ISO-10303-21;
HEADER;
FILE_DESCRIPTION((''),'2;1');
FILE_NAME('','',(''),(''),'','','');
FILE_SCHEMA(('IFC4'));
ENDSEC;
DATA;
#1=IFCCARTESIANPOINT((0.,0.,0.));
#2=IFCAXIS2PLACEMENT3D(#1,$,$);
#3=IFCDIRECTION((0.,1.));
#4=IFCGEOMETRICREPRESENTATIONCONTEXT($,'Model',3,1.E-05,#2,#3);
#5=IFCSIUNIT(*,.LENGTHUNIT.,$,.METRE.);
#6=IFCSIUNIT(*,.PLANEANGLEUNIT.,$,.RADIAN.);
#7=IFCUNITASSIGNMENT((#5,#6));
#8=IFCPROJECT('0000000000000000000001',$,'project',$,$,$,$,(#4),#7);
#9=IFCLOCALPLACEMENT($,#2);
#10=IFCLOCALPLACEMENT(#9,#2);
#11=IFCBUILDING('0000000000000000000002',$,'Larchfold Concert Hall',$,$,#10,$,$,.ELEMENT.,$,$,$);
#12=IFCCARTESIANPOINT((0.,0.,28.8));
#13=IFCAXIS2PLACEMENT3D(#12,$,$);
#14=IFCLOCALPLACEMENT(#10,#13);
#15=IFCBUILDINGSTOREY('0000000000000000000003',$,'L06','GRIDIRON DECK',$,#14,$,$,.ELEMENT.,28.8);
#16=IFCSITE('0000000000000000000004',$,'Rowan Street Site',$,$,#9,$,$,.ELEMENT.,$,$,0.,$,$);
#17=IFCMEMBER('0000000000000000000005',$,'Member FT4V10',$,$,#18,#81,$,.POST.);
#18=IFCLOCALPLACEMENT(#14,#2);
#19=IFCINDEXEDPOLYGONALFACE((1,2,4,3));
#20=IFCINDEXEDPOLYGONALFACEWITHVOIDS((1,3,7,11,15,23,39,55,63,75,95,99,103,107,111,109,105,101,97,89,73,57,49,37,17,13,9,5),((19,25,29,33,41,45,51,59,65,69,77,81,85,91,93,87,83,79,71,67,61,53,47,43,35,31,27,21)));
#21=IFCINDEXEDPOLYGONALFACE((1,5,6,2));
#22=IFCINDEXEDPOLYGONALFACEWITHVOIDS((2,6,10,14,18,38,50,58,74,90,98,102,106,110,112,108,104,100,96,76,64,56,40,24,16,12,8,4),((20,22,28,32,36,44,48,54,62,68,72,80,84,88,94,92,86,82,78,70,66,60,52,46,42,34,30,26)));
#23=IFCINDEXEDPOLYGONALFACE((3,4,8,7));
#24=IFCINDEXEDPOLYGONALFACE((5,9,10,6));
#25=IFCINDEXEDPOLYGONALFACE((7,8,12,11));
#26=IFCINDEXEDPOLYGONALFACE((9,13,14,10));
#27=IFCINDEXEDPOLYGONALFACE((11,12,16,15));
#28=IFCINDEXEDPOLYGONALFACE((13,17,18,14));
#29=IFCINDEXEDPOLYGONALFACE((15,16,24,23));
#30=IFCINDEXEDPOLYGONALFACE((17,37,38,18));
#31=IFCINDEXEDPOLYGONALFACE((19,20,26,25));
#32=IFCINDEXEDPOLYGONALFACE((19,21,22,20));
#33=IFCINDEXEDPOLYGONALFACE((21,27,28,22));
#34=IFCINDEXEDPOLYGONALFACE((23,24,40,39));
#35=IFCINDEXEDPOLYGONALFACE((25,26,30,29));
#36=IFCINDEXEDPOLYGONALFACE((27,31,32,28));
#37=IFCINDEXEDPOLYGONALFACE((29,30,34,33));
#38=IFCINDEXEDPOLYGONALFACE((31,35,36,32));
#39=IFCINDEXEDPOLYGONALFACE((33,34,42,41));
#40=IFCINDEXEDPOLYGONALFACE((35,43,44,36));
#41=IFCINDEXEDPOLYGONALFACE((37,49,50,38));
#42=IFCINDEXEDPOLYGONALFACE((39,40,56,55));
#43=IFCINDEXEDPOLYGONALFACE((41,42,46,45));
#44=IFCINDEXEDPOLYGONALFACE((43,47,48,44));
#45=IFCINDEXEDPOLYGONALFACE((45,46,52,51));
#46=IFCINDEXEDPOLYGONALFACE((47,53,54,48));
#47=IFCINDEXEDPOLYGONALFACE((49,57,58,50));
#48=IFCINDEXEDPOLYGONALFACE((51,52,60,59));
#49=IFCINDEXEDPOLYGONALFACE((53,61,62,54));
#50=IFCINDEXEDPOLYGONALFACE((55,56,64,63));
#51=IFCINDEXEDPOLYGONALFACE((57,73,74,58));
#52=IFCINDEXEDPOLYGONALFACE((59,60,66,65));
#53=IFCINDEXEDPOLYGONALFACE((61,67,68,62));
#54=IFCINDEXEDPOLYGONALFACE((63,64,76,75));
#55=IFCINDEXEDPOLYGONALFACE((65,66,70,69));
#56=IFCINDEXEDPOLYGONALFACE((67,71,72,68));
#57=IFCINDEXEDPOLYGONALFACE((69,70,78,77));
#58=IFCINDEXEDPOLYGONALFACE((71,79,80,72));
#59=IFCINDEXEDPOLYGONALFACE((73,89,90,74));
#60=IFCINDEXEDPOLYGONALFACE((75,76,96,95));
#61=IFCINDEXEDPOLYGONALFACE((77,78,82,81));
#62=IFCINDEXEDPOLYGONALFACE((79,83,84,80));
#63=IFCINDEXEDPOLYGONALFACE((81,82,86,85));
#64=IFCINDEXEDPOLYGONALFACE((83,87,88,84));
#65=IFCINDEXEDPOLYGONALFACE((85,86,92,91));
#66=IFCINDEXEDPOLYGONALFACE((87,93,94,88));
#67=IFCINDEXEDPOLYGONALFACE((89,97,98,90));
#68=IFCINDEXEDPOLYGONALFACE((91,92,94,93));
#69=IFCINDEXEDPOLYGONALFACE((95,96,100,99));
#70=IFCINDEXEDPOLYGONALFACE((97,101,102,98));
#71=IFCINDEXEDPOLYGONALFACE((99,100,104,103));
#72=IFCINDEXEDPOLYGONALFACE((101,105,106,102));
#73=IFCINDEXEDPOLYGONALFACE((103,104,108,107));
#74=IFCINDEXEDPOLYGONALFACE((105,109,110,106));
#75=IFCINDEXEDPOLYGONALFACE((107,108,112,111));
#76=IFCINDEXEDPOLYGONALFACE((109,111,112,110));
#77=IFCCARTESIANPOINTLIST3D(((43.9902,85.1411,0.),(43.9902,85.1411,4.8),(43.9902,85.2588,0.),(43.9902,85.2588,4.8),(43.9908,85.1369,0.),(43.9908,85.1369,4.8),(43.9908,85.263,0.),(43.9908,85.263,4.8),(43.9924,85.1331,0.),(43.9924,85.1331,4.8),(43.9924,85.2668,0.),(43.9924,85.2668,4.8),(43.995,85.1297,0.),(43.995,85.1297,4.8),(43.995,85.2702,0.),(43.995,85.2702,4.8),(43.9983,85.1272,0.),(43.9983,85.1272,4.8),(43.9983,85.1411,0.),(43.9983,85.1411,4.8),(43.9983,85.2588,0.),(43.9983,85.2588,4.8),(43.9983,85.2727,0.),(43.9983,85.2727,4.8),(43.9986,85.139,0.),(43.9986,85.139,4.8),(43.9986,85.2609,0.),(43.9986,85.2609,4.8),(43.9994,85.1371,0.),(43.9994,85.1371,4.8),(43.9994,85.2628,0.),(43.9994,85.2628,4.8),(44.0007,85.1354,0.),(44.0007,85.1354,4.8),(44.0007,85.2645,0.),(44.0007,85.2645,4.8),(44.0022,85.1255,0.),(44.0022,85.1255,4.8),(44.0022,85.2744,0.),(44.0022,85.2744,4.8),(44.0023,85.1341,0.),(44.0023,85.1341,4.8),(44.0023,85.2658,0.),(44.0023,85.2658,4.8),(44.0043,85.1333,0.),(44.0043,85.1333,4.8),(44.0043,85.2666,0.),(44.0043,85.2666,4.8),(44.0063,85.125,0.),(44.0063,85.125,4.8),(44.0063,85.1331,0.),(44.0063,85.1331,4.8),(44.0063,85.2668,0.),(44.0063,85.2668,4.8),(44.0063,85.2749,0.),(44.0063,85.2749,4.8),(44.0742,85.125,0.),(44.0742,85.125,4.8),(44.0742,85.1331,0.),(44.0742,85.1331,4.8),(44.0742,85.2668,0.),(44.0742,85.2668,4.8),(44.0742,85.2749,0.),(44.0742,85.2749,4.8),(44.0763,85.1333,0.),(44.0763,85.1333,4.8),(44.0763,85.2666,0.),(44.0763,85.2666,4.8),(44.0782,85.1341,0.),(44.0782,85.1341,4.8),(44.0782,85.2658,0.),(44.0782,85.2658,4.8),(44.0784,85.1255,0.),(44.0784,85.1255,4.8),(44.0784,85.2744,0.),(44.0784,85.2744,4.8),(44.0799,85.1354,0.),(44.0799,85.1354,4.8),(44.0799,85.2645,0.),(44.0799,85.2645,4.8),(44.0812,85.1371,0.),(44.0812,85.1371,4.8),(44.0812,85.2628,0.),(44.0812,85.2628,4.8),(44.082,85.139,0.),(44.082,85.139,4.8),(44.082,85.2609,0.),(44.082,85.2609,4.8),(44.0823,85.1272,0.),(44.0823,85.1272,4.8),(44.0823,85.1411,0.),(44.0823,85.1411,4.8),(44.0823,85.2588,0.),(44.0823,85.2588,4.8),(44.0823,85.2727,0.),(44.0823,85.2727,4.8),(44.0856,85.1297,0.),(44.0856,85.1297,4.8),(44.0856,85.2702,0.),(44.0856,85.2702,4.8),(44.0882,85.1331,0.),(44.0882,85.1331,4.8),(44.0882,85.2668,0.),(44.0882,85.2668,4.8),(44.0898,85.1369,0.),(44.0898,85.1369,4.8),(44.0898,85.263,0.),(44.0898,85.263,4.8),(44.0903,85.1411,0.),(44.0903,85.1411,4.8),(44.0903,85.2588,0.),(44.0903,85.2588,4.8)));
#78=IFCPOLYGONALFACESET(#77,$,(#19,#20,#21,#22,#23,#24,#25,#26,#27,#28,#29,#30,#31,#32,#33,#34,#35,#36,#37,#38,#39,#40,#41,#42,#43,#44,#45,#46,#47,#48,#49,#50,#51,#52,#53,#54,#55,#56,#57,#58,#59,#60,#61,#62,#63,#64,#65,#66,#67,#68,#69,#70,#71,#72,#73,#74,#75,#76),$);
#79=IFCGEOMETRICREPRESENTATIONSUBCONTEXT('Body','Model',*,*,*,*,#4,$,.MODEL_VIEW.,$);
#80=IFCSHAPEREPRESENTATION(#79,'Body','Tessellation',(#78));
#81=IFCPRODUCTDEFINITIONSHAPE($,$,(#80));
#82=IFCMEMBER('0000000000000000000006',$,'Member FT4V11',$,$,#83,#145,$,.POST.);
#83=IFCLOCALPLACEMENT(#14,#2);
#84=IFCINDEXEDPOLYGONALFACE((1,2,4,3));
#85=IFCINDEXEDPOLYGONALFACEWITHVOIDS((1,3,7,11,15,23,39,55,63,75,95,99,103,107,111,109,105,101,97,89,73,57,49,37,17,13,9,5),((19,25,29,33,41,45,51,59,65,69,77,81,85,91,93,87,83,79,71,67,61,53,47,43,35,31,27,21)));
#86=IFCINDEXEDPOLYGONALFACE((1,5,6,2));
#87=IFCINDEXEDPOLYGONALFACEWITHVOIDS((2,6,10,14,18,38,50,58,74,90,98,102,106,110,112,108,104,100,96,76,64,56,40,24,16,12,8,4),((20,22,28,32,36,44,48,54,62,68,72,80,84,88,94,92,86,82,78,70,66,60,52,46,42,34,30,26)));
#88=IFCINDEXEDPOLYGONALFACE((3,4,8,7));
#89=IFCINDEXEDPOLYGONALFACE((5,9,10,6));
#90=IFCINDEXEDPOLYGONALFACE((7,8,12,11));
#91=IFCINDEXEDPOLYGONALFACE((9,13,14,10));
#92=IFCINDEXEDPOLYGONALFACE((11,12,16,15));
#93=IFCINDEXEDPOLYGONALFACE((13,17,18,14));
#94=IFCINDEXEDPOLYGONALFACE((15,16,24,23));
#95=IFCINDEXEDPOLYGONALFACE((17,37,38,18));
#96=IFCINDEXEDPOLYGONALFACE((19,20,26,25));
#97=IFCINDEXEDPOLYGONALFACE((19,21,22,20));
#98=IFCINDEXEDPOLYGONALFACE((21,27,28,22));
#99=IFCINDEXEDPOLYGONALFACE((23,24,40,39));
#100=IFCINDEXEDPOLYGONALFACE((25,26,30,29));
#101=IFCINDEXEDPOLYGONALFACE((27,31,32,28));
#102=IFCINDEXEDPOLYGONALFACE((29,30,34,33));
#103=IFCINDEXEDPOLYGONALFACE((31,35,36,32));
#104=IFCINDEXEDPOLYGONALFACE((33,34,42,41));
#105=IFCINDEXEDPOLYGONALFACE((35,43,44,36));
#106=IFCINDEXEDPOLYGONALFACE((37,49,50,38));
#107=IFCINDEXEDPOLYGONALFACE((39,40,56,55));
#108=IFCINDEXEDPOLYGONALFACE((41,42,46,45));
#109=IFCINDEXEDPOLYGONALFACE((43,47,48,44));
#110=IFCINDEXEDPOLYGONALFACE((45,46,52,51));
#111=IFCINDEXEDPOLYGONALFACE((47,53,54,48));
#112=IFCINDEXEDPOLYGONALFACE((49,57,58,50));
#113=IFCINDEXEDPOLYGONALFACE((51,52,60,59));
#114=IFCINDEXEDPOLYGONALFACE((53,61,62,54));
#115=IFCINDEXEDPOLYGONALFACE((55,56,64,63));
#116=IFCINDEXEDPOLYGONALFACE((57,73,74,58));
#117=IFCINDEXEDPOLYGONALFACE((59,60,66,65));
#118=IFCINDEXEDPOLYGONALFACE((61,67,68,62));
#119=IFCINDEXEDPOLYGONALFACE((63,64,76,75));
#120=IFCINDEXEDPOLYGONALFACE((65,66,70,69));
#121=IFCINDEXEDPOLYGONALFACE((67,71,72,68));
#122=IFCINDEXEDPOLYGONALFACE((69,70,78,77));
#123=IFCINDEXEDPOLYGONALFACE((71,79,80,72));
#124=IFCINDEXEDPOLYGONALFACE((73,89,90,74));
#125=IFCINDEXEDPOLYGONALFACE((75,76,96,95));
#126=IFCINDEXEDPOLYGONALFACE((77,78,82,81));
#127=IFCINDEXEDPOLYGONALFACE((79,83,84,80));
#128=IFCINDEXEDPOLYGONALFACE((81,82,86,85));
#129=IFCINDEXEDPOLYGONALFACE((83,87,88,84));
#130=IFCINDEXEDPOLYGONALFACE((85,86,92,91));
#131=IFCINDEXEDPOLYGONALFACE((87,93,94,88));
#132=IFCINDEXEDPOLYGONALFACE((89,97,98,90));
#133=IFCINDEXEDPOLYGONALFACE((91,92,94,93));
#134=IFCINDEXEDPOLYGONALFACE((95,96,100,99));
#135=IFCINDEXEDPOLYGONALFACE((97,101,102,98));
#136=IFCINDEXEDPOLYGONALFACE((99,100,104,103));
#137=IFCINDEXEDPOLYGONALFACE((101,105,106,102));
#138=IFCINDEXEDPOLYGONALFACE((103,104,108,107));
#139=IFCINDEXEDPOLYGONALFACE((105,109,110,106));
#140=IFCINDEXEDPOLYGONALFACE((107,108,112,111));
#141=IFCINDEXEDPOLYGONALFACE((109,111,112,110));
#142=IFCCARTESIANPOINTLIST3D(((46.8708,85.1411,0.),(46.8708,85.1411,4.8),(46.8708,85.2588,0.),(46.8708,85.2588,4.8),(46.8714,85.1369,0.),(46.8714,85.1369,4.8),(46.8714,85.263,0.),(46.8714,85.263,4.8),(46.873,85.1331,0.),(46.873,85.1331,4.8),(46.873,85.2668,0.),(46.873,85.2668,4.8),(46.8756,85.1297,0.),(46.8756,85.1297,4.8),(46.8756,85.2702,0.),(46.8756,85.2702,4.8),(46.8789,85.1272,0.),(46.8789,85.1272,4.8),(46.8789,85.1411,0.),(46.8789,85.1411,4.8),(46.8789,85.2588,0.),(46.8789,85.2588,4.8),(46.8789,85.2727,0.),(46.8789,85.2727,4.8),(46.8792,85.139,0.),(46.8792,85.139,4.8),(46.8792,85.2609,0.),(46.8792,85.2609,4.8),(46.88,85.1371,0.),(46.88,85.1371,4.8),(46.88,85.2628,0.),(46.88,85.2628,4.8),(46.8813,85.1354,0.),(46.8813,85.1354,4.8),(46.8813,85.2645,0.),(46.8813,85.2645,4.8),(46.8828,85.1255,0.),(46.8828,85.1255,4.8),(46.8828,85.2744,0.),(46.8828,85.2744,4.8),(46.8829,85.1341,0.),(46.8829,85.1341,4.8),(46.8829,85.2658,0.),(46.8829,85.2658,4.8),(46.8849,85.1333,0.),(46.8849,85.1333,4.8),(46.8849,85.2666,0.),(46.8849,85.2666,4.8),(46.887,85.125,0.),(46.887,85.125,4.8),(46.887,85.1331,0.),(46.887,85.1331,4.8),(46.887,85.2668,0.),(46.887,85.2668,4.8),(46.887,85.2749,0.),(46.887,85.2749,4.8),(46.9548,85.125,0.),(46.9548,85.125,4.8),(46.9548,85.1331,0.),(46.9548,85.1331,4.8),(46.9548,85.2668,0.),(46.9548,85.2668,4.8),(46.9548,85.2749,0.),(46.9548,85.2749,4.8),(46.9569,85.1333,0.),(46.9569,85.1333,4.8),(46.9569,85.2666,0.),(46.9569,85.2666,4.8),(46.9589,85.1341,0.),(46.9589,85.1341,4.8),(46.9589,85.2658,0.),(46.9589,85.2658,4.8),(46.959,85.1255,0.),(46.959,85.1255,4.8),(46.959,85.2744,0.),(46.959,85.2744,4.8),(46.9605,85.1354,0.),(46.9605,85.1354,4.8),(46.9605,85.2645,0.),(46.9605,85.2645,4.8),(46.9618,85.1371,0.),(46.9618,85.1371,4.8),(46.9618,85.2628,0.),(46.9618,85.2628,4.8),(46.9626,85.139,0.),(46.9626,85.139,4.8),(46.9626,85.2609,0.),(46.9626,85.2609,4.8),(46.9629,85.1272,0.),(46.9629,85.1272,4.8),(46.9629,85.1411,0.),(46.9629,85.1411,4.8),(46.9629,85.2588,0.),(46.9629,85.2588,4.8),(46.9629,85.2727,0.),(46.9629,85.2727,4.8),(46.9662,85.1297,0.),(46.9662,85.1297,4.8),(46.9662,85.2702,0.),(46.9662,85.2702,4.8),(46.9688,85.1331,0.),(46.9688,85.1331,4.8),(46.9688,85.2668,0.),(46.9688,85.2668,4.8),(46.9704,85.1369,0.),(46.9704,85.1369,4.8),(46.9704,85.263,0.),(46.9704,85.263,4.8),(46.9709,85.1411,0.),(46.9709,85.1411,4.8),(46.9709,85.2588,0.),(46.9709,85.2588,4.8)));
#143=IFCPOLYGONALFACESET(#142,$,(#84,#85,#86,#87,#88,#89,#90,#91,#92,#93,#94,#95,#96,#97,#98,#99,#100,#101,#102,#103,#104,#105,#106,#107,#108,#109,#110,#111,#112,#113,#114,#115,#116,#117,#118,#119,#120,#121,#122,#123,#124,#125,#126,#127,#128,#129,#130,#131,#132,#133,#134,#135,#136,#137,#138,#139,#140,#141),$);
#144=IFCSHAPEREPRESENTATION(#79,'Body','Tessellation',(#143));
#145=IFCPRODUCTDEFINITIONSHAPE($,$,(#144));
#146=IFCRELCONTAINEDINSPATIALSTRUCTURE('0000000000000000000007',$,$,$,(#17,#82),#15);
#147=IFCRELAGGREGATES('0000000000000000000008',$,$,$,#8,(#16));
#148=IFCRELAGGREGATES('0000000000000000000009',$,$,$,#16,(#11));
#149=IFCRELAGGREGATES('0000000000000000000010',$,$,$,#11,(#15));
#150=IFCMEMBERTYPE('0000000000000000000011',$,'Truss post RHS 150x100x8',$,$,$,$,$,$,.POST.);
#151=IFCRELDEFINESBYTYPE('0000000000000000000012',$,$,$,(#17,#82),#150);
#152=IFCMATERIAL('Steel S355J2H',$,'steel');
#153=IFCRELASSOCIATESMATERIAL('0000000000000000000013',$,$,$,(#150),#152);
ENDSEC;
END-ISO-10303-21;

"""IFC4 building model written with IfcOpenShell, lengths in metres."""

from ifc_helpers import new_model, si_unit, direction, frame, origin, origin_2d, place, context, subcontext, project, spatial, hollow_rectangle, extrude, material, material_profile, profile_set, type_object, element, save


model = new_model("IFC4")

# Units and contexts
model_context = context("Model", 3, precision=1e-05, world=origin(), true_north=direction((0.0, 1.0)))
body_context = subcontext(model_context, "Body", "Model", "MODEL_VIEW")
ifc_project = project(units=[si_unit("LENGTHUNIT", "METRE"), si_unit("PLANEANGLEUNIT", "RADIAN")], contexts=[model_context])

# Site, building, storey
site_placement = place(None, origin())
site = spatial("IfcSite", under=ifc_project, at=site_placement, Name="Rowan Street Site", CompositionType="ELEMENT", RefElevation=0.0)
building_placement = place(site_placement, origin())
building = spatial("IfcBuilding", under=site, at=building_placement, Name="Larchfold Concert Hall", CompositionType="ELEMENT")
storey_placement = place(building_placement, frame((0.0, 0.0, 28.8)))
storey = spatial("IfcBuildingStorey", under=building, at=storey_placement, Name="L06", Description="GRIDIRON DECK", CompositionType="ELEMENT", Elevation=28.8)

# Members
ifc_material_1 = material(Name="Steel S355J2H", Category="steel")
ifc_material_profile_1 = material_profile(ifc_material_1, hollow_rectangle(XDim=0.1001, YDim=0.1499, WallThickness=0.0081, InnerFilletRadius=0.0081, OuterFilletRadius=0.0161, at=origin_2d()))
ifc_profile_set_1 = profile_set([ifc_material_profile_1], Name="Steel S355J2H")
member_type_1 = type_object("IfcMemberType", Name="Truss post RHS 150x100x8", PredefinedType="POST", material=ifc_profile_set_1)
for number, where, z_axis, x_axis, name in (
    (1, (44.0403, 85.2, 4.8), (0.0, 0.0, -1.0), (1.0, 0.0, 0.0), "Member FT4V10"),
    (2, (46.9209, 85.2, 4.8), (0.0, 0.0, -1.0), (1.0, 0.0, 0.0), "Member FT4V11"),
):
    element("IfcMember", number, at=place(storey_placement, frame(where, z_axis=z_axis, x_axis=x_axis)), inside=storey, type_object=member_type_1, Name=name, PredefinedType="POST", context=body_context, shape_type="SweptSolid", body=[
        extrude(hollow_rectangle(XDim=0.1001, YDim=0.1499, WallThickness=0.0081, InnerFilletRadius=0.0081, OuterFilletRadius=0.0161, at=origin_2d()), origin(), (0.0, 0.0, 1.0), 4.8),
    ])

save(model, "model.ifc")
